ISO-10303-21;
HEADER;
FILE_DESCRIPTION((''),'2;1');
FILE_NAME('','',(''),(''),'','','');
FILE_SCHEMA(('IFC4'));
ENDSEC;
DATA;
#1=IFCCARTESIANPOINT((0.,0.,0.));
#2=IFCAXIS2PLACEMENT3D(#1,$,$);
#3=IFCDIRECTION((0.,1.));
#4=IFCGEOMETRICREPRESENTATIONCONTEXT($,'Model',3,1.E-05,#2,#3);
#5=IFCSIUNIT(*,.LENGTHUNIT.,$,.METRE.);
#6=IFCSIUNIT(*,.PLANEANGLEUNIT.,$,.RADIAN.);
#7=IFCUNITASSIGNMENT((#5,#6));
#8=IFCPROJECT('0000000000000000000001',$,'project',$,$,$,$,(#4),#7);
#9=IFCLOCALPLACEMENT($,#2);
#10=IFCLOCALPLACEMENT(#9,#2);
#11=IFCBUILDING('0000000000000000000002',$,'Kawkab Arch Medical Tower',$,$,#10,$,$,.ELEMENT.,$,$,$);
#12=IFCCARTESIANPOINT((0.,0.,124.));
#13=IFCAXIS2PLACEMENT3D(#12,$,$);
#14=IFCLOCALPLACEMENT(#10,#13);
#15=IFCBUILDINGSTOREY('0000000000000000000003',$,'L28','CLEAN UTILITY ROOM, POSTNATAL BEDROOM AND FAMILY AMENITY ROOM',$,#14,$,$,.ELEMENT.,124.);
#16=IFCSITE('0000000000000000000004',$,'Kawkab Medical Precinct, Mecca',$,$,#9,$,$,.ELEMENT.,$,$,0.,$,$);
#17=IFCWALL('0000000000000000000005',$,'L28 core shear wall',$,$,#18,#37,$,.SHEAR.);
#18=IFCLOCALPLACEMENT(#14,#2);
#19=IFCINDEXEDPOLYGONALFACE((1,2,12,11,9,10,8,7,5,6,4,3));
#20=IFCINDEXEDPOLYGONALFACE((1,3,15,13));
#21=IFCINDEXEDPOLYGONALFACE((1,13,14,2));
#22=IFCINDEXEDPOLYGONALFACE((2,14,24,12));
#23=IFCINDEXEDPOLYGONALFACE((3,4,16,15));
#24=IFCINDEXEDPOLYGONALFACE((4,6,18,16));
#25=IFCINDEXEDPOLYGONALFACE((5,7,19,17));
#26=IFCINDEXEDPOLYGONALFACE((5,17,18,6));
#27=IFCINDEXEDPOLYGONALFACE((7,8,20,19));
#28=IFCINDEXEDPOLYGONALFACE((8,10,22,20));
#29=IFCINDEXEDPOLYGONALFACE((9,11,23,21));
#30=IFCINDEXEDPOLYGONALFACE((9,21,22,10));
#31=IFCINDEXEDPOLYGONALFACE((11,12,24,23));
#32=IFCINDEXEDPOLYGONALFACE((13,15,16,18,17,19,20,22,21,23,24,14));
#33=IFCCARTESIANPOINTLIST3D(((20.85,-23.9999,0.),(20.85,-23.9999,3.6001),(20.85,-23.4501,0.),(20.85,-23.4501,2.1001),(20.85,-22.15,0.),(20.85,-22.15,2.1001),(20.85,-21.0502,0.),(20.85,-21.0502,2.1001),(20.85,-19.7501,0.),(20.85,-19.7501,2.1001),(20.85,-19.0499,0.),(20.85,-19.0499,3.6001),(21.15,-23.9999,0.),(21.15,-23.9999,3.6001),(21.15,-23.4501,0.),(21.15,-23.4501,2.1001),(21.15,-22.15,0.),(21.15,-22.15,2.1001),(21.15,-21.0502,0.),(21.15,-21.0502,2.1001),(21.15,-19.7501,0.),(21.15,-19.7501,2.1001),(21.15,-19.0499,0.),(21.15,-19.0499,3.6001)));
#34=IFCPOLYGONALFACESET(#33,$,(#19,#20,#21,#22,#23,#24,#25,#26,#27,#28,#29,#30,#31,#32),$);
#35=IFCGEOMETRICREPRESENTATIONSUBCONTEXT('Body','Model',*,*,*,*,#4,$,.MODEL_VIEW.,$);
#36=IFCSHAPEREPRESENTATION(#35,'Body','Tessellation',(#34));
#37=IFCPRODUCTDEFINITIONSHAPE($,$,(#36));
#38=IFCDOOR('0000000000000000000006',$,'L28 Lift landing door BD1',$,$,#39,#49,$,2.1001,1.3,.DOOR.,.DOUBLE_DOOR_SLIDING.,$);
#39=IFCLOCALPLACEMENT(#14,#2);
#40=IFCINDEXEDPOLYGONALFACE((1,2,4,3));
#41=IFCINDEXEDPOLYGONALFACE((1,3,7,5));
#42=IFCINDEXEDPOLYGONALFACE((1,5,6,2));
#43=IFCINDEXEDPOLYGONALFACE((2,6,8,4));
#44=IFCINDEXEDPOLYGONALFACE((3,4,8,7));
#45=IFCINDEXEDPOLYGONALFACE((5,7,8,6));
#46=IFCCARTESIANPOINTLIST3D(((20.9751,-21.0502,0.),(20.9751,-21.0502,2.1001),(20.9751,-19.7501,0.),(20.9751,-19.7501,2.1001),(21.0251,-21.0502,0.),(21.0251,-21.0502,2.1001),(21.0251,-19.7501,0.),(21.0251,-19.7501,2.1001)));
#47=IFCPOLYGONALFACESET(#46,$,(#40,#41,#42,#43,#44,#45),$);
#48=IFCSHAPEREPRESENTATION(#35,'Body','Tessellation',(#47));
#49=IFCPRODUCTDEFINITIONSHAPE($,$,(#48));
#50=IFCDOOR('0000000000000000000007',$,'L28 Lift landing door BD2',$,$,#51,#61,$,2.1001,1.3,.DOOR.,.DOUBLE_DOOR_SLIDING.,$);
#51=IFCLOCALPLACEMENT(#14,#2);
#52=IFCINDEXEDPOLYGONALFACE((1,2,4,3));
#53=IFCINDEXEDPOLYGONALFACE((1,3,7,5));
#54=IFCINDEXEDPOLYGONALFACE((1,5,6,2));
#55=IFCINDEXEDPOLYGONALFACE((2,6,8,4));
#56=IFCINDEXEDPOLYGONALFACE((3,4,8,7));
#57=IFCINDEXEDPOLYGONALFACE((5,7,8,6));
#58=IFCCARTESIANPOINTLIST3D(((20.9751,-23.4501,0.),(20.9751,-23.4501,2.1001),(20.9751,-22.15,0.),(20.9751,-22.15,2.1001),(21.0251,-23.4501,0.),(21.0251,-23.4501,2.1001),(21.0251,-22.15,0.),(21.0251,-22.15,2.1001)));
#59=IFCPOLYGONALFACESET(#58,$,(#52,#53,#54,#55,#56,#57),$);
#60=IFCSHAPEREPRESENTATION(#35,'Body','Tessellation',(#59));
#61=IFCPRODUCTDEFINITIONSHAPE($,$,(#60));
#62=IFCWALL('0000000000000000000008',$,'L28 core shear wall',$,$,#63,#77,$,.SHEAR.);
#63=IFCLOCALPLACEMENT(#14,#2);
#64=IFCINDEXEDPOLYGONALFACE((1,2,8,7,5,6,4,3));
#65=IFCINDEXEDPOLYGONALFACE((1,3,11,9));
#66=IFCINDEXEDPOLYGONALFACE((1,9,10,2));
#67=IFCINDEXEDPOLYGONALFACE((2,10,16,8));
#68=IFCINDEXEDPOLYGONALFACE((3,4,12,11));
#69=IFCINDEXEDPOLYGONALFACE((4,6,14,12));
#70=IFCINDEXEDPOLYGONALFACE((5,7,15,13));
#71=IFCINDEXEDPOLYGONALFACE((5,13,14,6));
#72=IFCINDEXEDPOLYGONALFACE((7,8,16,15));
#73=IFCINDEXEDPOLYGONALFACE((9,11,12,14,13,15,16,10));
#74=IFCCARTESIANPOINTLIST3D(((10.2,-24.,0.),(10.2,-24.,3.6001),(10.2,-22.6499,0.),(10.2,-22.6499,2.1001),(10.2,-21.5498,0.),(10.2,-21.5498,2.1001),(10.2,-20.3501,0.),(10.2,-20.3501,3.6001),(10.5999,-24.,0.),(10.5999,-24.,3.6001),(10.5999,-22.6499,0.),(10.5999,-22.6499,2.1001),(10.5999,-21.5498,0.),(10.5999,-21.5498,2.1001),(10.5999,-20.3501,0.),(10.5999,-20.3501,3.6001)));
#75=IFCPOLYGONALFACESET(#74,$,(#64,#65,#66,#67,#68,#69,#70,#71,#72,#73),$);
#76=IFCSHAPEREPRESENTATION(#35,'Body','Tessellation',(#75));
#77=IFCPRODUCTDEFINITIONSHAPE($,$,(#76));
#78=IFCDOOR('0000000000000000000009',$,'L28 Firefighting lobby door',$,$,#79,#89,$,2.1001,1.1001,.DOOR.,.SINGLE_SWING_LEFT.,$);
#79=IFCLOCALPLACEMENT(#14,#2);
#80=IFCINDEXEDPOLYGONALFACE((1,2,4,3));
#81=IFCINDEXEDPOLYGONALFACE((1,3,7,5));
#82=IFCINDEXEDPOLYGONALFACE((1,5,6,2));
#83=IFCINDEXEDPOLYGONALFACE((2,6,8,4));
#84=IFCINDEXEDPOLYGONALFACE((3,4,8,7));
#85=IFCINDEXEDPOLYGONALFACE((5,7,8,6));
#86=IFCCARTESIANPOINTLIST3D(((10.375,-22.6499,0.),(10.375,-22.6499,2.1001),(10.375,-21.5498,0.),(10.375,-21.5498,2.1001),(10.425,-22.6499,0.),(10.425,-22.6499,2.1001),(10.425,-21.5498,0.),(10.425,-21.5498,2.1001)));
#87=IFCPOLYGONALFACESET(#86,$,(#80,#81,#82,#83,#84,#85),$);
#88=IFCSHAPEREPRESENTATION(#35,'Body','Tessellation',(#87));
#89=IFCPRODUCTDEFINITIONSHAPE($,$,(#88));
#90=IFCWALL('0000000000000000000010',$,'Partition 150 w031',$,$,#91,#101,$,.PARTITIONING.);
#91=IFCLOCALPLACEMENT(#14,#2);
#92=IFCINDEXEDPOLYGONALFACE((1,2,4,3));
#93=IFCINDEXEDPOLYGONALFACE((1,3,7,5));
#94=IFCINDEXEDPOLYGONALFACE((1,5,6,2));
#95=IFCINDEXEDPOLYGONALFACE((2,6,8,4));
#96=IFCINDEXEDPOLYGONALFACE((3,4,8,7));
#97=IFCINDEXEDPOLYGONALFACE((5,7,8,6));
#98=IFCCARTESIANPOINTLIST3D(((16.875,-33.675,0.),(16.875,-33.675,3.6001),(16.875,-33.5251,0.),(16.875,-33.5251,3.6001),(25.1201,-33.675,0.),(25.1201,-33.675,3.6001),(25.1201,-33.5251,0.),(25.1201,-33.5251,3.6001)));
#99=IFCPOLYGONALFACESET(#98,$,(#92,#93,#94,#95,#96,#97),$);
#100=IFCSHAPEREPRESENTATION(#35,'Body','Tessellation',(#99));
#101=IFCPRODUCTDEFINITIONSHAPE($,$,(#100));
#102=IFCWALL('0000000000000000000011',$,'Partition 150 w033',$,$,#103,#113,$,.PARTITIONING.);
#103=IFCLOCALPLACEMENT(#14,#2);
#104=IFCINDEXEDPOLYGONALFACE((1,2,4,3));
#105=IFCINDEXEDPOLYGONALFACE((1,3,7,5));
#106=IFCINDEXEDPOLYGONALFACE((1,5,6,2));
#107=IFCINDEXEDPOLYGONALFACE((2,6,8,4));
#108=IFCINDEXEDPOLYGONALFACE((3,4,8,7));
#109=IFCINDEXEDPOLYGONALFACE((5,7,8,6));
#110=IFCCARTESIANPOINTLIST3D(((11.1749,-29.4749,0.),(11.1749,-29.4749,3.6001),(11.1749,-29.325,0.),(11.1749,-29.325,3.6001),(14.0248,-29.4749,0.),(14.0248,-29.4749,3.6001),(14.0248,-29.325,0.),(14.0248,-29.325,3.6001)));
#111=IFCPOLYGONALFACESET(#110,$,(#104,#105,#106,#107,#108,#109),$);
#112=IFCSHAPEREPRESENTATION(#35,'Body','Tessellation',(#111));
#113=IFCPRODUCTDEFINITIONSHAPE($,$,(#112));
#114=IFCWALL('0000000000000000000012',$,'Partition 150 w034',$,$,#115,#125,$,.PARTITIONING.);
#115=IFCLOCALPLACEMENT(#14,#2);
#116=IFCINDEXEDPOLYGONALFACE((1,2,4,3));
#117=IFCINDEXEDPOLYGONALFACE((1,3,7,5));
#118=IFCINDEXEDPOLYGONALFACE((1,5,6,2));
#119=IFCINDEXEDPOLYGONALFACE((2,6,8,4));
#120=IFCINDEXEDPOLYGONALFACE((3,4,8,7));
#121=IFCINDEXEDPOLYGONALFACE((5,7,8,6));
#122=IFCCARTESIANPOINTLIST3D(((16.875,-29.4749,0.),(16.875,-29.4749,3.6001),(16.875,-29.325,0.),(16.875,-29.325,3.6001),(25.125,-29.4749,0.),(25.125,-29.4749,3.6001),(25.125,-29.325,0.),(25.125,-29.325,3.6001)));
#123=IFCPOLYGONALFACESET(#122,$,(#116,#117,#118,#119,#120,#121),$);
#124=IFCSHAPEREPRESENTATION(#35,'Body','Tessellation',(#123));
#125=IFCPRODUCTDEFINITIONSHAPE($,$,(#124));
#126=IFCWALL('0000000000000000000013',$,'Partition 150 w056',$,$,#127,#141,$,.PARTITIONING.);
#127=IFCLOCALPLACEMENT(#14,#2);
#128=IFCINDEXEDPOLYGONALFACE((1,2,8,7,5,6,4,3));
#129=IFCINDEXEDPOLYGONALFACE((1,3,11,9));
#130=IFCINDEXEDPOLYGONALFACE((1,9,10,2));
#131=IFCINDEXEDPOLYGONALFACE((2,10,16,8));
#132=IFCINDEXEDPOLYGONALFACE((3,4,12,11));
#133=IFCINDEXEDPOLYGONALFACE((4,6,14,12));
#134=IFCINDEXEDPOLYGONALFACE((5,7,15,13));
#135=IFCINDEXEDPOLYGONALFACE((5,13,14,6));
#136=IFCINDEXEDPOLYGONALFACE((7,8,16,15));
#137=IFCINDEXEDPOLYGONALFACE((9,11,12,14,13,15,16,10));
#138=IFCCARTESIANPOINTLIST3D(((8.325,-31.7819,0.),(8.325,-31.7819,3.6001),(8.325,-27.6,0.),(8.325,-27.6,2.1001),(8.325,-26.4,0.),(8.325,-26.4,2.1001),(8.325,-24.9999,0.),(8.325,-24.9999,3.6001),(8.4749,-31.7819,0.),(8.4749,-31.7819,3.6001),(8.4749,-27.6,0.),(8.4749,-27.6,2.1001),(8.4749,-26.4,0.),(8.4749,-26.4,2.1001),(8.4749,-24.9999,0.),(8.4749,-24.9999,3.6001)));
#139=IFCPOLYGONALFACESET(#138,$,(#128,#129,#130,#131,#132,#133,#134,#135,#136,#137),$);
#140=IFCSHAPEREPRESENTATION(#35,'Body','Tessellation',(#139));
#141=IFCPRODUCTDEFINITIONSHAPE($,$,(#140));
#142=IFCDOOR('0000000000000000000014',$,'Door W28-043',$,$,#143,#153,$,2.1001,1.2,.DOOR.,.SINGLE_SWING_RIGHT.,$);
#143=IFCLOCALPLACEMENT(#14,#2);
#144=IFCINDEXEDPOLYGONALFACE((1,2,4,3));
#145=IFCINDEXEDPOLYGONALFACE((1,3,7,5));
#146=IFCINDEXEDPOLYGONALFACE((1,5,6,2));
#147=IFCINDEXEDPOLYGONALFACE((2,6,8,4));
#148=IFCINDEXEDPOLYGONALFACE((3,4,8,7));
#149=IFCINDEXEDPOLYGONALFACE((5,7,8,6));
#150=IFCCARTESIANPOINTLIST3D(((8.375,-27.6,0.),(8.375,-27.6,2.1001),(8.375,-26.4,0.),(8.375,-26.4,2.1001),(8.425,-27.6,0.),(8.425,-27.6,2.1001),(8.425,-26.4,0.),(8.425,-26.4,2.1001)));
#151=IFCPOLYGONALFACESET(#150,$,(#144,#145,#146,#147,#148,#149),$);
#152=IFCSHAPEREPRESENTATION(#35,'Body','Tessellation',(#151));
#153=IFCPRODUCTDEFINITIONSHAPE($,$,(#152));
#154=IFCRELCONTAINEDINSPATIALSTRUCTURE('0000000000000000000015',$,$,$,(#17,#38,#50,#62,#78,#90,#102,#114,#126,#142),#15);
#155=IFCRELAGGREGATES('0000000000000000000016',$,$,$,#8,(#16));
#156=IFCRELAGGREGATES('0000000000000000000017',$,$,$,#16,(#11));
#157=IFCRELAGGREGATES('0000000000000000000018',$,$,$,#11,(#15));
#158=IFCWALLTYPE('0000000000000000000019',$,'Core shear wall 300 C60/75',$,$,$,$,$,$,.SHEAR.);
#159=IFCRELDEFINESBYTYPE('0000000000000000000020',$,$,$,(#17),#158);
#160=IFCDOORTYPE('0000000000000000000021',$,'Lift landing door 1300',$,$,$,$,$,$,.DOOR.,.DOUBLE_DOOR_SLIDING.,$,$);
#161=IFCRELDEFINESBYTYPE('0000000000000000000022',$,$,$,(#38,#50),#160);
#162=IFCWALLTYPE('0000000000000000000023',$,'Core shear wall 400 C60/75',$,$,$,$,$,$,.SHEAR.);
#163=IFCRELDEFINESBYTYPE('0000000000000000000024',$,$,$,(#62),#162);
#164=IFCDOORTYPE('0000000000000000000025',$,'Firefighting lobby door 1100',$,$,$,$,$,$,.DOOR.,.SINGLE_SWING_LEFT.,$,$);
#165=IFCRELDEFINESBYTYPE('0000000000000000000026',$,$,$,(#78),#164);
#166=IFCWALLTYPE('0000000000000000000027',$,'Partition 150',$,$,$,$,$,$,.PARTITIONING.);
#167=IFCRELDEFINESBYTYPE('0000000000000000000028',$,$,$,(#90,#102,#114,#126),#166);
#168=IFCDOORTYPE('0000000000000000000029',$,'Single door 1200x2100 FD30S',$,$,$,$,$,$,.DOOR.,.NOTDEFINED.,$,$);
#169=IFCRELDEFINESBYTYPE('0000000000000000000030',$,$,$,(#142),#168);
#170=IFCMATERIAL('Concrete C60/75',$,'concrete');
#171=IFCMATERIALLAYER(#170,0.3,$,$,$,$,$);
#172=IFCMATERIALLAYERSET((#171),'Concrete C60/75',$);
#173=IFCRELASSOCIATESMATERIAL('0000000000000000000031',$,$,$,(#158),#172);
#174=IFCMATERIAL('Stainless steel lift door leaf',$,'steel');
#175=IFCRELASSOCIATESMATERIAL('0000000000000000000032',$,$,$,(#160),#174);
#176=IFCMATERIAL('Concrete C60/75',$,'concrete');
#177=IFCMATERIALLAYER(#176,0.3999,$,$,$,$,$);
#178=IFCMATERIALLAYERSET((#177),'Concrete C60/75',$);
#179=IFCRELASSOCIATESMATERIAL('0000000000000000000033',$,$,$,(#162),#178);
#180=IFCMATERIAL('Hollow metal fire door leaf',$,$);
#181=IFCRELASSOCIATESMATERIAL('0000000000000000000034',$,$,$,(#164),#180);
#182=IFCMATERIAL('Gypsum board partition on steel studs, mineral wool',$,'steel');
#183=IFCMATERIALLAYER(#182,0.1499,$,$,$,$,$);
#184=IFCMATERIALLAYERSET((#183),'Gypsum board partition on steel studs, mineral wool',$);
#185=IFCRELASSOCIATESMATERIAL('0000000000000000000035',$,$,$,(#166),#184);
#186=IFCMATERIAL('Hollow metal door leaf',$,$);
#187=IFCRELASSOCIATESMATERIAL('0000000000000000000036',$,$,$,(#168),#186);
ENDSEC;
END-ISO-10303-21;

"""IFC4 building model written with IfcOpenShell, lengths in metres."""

from ifc_helpers import new_model, si_unit, direction, frame, frame_2d, origin, place, context, subcontext, project, spatial, rectangle, extrude, material, layer, layer_set, type_object, element, fill, save


model = new_model("IFC4")

# Units and contexts
model_context = context("Model", 3, precision=1e-05, world=origin(), true_north=direction((0.0, 1.0)))
body_context = subcontext(model_context, "Body", "Model", "MODEL_VIEW")
ifc_project = project(units=[si_unit("LENGTHUNIT", "METRE"), si_unit("PLANEANGLEUNIT", "RADIAN")], contexts=[model_context])

# Site, building, storey
site_placement = place(None, origin())
site = spatial("IfcSite", under=ifc_project, at=site_placement, Name="Kawkab Medical Precinct, Mecca", CompositionType="ELEMENT", RefElevation=0.0)
building_placement = place(site_placement, origin())
building = spatial("IfcBuilding", under=site, at=building_placement, Name="Kawkab Arch Medical Tower", CompositionType="ELEMENT")
storey_placement = place(building_placement, frame((0.0, 0.0, 124.0)))
storey = spatial("IfcBuildingStorey", under=building, at=storey_placement, Name="L28", Description="CLEAN UTILITY ROOM, POSTNATAL BEDROOM AND FAMILY AMENITY ROOM", CompositionType="ELEMENT", Elevation=124.0)

# Wall, openings, doors
ifc_material_1 = material(Name="Concrete C60/75", Category="concrete")
ifc_layer_1 = layer(ifc_material_1, 0.3)
ifc_layer_set_1 = layer_set([ifc_layer_1], Name="Concrete C60/75")
wall_type_1 = type_object("IfcWallType", Name="Core shear wall 300 C60/75", PredefinedType="SHEAR", material=ifc_layer_set_1)
wall_1_placement = place(storey_placement, frame((21.0, -24.0, 0.0), z_axis=(0.0, 0.0, 1.0), x_axis=(0.0, 1.0, 0.0)))
wall_1 = element("IfcWall", 1, at=wall_1_placement, inside=storey, type_object=wall_type_1, Name="L28 core shear wall", PredefinedType="SHEAR", context=body_context, shape_type="SweptSolid", body=[
    extrude(rectangle(XDim=4.95, YDim=0.3, at=frame_2d((2.4751, 0.0))), origin(), (0.0, 0.0, 1.0), 3.6001),
])
opening_1_placement = place(wall_1_placement, frame((2.95, 0.0, 0.0)))
opening_1 = element("IfcOpeningElement", 2, at=opening_1_placement, cuts=wall_1, PredefinedType="OPENING", context=body_context, shape_type="SweptSolid", body=[
    extrude(rectangle(XDim=1.3, YDim=2.1001, at=frame_2d((0.6499, 1.05))), frame((0.0, 0.1599, 0.0), z_axis=(0.0, -1.0, 0.0), x_axis=(1.0, 0.0, 0.0)), (0.0, 0.0, 1.0), 0.3201),
])
opening_2_placement = place(wall_1_placement, frame((0.55, 0.0, 0.0)))
opening_2 = element("IfcOpeningElement", 3, at=opening_2_placement, cuts=wall_1, PredefinedType="OPENING", context=body_context, shape_type="SweptSolid", body=[
    extrude(rectangle(XDim=1.3, YDim=2.1001, at=frame_2d((0.6499, 1.05))), frame((0.0, 0.1599, 0.0), z_axis=(0.0, -1.0, 0.0), x_axis=(1.0, 0.0, 0.0)), (0.0, 0.0, 1.0), 0.3201),
])
ifc_material_2 = material(Name="Stainless steel lift door leaf", Category="steel")
door_type_1 = type_object("IfcDoorType", Name="Lift landing door 1300", OperationType="DOUBLE_DOOR_SLIDING", PredefinedType="DOOR", material=ifc_material_2)
door_1_placement = place(opening_1_placement, origin())
door_1 = element("IfcDoor", 4, at=door_1_placement, inside=storey, type_object=door_type_1, Name="L28 Lift landing door BD1", OperationType="DOUBLE_DOOR_SLIDING", OverallHeight=2.1001, OverallWidth=1.3, PredefinedType="DOOR", context=body_context, shape_type="SweptSolid", body=[
    extrude(rectangle(XDim=1.3, YDim=2.1001, at=frame_2d((0.6499, 1.05))), frame((0.0, 0.0249, 0.0), z_axis=(0.0, -1.0, 0.0), x_axis=(1.0, 0.0, 0.0)), (0.0, 0.0, 1.0), 0.05),
])
fill(opening_1, door_1)
door_2_placement = place(opening_2_placement, origin())
door_2 = element("IfcDoor", 5, at=door_2_placement, inside=storey, type_object=door_type_1, Name="L28 Lift landing door BD2", OperationType="DOUBLE_DOOR_SLIDING", OverallHeight=2.1001, OverallWidth=1.3, PredefinedType="DOOR", context=body_context, shape_type="SweptSolid", body=[
    extrude(rectangle(XDim=1.3, YDim=2.1001, at=frame_2d((0.6499, 1.05))), frame((0.0, 0.0249, 0.0), z_axis=(0.0, -1.0, 0.0), x_axis=(1.0, 0.0, 0.0)), (0.0, 0.0, 1.0), 0.05),
])
fill(opening_2, door_2)

# Wall, opening, door
ifc_material_3 = material(Name="Concrete C60/75", Category="concrete")
ifc_layer_2 = layer(ifc_material_3, 0.3999)
ifc_layer_set_2 = layer_set([ifc_layer_2], Name="Concrete C60/75")
wall_type_2 = type_object("IfcWallType", Name="Core shear wall 400 C60/75", PredefinedType="SHEAR", material=ifc_layer_set_2)
wall_2_placement = place(storey_placement, frame((10.3999, -24.0, 0.0), z_axis=(0.0, 0.0, 1.0), x_axis=(0.0, 1.0, 0.0)))
wall_2 = element("IfcWall", 6, at=wall_2_placement, inside=storey, type_object=wall_type_2, Name="L28 core shear wall", PredefinedType="SHEAR", context=body_context, shape_type="SweptSolid", body=[
    extrude(rectangle(XDim=3.6499, YDim=0.3999, at=frame_2d((1.825, 0.0))), origin(), (0.0, 0.0, 1.0), 3.6001),
])
opening_3_placement = place(wall_2_placement, frame((1.3501, 0.0, 0.0)))
opening_3 = element("IfcOpeningElement", 7, at=opening_3_placement, cuts=wall_2, PredefinedType="OPENING", context=body_context, shape_type="SweptSolid", body=[
    extrude(rectangle(XDim=1.1001, YDim=2.1001, at=frame_2d((0.55, 1.05))), frame((0.0, 0.21, 0.0), z_axis=(0.0, -1.0, 0.0), x_axis=(1.0, 0.0, 0.0)), (0.0, 0.0, 1.0), 0.4199),
])
ifc_material_4 = material(Name="Hollow metal fire door leaf")
door_type_2 = type_object("IfcDoorType", Name="Firefighting lobby door 1100", OperationType="SINGLE_SWING_LEFT", PredefinedType="DOOR", material=ifc_material_4)
door_3_placement = place(opening_3_placement, origin())
door_3 = element("IfcDoor", 8, at=door_3_placement, inside=storey, type_object=door_type_2, Name="L28 Firefighting lobby door", OperationType="SINGLE_SWING_LEFT", OverallHeight=2.1001, OverallWidth=1.1001, PredefinedType="DOOR", context=body_context, shape_type="SweptSolid", body=[
    extrude(rectangle(XDim=1.1001, YDim=2.1001, at=frame_2d((0.55, 1.05))), frame((0.0, 0.0249, 0.0), z_axis=(0.0, -1.0, 0.0), x_axis=(1.0, 0.0, 0.0)), (0.0, 0.0, 1.0), 0.05),
])
fill(opening_3, door_3)

# Walls
ifc_material_5 = material(Name="Gypsum board partition on steel studs, mineral wool", Category="steel")
ifc_layer_3 = layer(ifc_material_5, 0.1499)
ifc_layer_set_3 = layer_set([ifc_layer_3], Name="Gypsum board partition on steel studs, mineral wool")
wall_type_3 = type_object("IfcWallType", Name="Partition 150", PredefinedType="PARTITIONING", material=ifc_layer_set_3)
wall_3_placement = place(storey_placement, frame((16.875, -33.6001, 0.0), z_axis=(0.0, 0.0, 1.0), x_axis=(1.0, 0.0, 0.0)))
element("IfcWall", 9, at=wall_3_placement, inside=storey, type_object=wall_type_3, Name="Partition 150 w031", PredefinedType="PARTITIONING", context=body_context, shape_type="SweptSolid", body=[
    extrude(rectangle(XDim=8.2451, YDim=0.1499, at=frame_2d((4.1226, 0.0))), origin(), (0.0, 0.0, 1.0), 3.6001),
])
wall_4_placement = place(storey_placement, frame((11.175, -29.3999, 0.0), z_axis=(0.0, 0.0, 1.0), x_axis=(1.0, 0.0, 0.0)))
element("IfcWall", 10, at=wall_4_placement, inside=storey, type_object=wall_type_3, Name="Partition 150 w033", PredefinedType="PARTITIONING", context=body_context, shape_type="SweptSolid", body=[
    extrude(rectangle(XDim=2.8499, YDim=0.1499, at=frame_2d((1.4248, 0.0))), origin(), (0.0, 0.0, 1.0), 3.6001),
])
wall_5_placement = place(storey_placement, frame((16.875, -29.3999, 0.0), z_axis=(0.0, 0.0, 1.0), x_axis=(1.0, 0.0, 0.0)))
element("IfcWall", 11, at=wall_5_placement, inside=storey, type_object=wall_type_3, Name="Partition 150 w034", PredefinedType="PARTITIONING", context=body_context, shape_type="SweptSolid", body=[
    extrude(rectangle(XDim=8.25, YDim=0.1499, at=frame_2d((4.125, 0.0))), origin(), (0.0, 0.0, 1.0), 3.6001),
])

# Wall, opening, door
wall_6_placement = place(storey_placement, frame((8.3999, -31.782, 0.0), z_axis=(0.0, 0.0, 1.0), x_axis=(0.0, 1.0, 0.0)))
wall_6 = element("IfcWall", 12, at=wall_6_placement, inside=storey, type_object=wall_type_3, Name="Partition 150 w056", PredefinedType="PARTITIONING", context=body_context, shape_type="SweptSolid", body=[
    extrude(rectangle(XDim=6.782, YDim=0.1499, at=frame_2d((3.3911, 0.0))), origin(), (0.0, 0.0, 1.0), 3.6001),
])
opening_4_placement = place(wall_6_placement, frame((4.1819, 0.0, 0.0)))
opening_4 = element("IfcOpeningElement", 13, at=opening_4_placement, cuts=wall_6, PredefinedType="OPENING", context=body_context, shape_type="SweptSolid", body=[
    extrude(rectangle(XDim=1.2, YDim=2.1001, at=frame_2d((0.6001, 1.05))), frame((0.0, 0.085, 0.0), z_axis=(0.0, -1.0, 0.0), x_axis=(1.0, 0.0, 0.0)), (0.0, 0.0, 1.0), 0.1699),
])
ifc_material_6 = material(Name="Hollow metal door leaf")
door_type_3 = type_object("IfcDoorType", Name="Single door 1200x2100 FD30S", OperationType="NOTDEFINED", PredefinedType="DOOR", material=ifc_material_6)
door_4_placement = place(opening_4_placement, origin())
door_4 = element("IfcDoor", 14, at=door_4_placement, inside=storey, type_object=door_type_3, Name="Door W28-043", OperationType="SINGLE_SWING_RIGHT", OverallHeight=2.1001, OverallWidth=1.2, PredefinedType="DOOR", context=body_context, shape_type="SweptSolid", body=[
    extrude(rectangle(XDim=1.2, YDim=2.1001, at=frame_2d((0.6001, 1.05))), frame((0.0, 0.0249, 0.0), z_axis=(0.0, -1.0, 0.0), x_axis=(1.0, 0.0, 0.0)), (0.0, 0.0, 1.0), 0.05),
])
fill(opening_4, door_4)

save(model, "model.ifc")
